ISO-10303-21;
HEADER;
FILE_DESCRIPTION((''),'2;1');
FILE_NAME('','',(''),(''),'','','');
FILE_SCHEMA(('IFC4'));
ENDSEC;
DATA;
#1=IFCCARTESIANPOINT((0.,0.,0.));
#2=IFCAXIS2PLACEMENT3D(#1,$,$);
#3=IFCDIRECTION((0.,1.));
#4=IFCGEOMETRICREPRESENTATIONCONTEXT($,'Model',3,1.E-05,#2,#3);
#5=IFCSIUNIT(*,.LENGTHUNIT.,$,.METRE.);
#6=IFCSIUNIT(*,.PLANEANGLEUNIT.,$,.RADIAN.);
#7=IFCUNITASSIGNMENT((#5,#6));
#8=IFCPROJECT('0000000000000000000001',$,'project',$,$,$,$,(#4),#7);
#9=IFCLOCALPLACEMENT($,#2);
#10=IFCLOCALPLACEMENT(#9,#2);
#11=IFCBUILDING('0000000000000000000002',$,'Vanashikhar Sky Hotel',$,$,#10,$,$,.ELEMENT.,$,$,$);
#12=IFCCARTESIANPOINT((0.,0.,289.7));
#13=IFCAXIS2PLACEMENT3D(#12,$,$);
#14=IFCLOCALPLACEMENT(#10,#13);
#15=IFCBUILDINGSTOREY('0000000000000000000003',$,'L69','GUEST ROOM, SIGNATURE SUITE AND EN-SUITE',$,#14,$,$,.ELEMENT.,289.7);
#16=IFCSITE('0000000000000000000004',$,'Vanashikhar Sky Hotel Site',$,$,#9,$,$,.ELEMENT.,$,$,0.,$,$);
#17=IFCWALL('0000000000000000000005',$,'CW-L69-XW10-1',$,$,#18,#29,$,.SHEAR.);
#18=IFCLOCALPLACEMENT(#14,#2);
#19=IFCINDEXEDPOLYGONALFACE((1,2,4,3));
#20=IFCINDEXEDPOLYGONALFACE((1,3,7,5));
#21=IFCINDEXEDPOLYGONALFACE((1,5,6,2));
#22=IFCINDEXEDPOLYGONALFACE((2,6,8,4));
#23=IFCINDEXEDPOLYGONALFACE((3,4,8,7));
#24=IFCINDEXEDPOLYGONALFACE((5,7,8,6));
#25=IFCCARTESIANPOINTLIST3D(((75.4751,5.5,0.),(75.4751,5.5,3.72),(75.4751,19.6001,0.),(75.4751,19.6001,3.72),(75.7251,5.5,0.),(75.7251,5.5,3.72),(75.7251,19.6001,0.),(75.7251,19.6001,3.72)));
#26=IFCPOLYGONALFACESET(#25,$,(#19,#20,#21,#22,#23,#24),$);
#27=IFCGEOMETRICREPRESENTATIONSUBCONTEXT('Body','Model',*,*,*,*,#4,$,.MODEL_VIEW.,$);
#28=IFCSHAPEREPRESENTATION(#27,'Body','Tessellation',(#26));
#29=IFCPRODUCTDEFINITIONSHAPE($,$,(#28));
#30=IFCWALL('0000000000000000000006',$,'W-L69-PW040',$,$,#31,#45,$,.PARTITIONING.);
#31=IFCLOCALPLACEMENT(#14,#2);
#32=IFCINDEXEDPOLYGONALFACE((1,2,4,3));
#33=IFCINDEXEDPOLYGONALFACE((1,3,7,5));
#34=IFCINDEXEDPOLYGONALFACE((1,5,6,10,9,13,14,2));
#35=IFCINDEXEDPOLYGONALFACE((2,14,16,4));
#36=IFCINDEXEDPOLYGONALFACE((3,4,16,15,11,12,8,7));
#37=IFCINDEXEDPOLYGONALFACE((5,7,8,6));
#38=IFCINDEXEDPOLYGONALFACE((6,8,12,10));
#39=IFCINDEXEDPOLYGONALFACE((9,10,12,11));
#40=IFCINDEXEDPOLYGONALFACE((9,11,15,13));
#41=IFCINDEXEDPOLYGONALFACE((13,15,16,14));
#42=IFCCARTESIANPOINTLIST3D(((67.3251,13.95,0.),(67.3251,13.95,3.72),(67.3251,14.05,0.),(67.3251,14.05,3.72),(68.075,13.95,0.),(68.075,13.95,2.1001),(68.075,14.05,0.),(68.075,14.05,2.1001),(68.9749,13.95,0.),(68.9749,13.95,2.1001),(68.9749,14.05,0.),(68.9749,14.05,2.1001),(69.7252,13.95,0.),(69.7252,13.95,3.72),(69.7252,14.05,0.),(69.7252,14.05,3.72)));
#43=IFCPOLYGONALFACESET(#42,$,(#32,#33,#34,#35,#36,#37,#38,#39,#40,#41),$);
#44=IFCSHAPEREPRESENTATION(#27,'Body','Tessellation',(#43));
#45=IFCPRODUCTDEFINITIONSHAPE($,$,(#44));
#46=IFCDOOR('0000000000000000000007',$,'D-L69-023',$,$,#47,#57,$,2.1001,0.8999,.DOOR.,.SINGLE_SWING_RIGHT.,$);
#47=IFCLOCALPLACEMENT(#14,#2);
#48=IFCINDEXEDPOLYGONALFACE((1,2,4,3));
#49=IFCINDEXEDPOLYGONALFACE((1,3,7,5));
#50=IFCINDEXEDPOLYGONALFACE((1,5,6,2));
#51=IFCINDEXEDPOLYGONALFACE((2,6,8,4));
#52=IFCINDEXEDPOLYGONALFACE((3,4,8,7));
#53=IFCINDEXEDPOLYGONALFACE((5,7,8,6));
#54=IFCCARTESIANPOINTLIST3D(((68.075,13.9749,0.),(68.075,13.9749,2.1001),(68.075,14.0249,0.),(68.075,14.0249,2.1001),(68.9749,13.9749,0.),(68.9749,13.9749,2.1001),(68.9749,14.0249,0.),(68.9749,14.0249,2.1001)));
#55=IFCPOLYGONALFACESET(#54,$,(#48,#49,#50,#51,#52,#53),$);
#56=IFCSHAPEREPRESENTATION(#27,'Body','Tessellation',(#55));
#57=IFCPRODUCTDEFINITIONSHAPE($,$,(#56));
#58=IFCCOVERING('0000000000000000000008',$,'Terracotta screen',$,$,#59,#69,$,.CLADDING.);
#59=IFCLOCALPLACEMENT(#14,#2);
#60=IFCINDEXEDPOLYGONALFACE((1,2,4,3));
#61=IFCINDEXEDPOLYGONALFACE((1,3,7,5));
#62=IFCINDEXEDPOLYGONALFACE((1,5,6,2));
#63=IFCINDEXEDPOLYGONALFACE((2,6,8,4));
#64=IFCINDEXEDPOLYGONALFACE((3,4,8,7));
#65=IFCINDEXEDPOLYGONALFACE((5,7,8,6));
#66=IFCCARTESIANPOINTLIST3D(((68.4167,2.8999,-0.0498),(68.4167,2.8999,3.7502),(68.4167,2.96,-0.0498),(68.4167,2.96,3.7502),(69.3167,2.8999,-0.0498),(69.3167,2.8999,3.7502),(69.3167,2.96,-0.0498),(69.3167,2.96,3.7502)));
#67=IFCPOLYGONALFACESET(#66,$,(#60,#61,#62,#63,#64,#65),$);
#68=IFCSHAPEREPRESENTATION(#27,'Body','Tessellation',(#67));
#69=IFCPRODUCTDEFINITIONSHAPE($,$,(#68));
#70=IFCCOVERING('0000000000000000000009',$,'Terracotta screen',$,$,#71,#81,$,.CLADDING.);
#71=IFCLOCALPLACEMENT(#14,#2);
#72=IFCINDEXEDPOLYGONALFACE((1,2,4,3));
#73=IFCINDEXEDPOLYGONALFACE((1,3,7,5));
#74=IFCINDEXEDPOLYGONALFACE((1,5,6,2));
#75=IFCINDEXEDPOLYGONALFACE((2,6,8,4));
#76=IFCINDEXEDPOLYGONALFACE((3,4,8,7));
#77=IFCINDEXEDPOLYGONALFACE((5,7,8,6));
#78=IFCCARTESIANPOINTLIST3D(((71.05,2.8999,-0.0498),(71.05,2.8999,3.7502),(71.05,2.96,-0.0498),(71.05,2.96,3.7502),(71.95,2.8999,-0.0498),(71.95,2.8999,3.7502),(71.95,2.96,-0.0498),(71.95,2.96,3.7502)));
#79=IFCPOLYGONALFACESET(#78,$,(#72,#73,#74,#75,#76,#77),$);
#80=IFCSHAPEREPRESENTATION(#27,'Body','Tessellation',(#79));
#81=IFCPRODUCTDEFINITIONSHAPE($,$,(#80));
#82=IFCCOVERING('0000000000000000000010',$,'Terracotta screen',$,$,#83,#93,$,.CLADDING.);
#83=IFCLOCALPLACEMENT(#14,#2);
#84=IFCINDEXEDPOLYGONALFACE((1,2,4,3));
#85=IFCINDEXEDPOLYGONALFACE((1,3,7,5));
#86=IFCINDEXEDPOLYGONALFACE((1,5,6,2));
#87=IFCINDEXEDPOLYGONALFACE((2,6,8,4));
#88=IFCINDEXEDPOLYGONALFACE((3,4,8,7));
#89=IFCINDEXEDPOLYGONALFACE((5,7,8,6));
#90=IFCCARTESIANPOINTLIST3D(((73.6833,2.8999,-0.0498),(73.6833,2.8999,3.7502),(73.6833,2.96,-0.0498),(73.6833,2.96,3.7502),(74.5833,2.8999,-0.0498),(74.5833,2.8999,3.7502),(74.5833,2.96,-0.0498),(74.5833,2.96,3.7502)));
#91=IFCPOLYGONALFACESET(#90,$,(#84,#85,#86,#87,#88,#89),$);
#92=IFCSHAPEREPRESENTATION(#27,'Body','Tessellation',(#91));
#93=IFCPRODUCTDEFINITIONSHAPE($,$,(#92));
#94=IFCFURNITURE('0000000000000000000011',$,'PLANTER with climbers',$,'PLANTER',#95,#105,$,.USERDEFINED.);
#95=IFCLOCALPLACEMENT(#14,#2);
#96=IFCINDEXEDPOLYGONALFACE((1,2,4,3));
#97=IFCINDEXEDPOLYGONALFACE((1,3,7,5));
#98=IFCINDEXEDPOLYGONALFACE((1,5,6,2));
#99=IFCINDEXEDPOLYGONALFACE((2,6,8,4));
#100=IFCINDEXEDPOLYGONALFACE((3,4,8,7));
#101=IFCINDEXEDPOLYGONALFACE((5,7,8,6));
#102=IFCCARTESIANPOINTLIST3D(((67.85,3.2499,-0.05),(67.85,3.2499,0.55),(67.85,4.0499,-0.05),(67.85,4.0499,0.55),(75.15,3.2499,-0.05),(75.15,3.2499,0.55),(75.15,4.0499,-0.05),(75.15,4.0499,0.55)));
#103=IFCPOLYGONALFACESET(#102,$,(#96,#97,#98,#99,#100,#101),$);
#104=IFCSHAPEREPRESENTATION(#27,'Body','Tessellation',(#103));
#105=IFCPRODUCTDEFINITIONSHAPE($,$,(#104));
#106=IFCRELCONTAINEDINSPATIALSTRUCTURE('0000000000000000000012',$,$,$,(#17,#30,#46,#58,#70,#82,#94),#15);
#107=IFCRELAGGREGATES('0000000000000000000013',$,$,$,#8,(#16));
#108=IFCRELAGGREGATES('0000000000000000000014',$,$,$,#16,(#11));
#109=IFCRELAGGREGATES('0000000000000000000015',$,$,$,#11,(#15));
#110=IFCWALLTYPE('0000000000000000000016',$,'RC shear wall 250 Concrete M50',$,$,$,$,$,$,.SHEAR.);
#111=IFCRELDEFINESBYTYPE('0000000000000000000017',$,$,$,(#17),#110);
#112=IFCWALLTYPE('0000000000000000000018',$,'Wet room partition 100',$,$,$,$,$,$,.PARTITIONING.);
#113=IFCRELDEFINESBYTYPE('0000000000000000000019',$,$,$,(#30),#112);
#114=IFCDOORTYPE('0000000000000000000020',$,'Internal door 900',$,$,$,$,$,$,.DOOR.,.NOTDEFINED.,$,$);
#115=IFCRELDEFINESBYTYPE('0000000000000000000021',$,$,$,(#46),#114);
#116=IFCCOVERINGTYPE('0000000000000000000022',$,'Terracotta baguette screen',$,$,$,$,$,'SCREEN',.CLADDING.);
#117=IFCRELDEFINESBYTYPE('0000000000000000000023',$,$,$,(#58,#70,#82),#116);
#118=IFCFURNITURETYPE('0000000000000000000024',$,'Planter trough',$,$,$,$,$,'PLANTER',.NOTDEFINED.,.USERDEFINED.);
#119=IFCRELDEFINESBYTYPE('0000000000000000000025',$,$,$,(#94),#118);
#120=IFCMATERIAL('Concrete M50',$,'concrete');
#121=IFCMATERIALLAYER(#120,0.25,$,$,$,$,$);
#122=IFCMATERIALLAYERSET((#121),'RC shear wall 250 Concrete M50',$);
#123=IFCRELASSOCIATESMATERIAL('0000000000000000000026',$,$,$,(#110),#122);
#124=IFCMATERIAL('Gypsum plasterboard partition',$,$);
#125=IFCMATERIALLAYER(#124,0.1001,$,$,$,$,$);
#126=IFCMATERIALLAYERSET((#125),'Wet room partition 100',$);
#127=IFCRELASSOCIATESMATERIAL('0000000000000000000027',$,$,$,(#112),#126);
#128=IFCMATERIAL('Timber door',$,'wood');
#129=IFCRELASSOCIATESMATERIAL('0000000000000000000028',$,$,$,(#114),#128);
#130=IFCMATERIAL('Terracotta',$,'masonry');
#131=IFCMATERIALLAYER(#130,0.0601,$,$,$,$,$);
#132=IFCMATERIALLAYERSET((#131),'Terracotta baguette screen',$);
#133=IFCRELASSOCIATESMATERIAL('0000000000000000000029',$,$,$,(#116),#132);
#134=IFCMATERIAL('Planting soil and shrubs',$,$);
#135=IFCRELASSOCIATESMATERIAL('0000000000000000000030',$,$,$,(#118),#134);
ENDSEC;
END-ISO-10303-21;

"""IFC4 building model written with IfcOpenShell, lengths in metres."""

from ifc_helpers import new_model, si_unit, direction, frame, frame_2d, origin, origin_2d, place, context, subcontext, project, spatial, rectangle, extrude, source, transform, mapped, material, layer, layer_set, type_object, element, fill, save


model = new_model("IFC4")

# Units and contexts
model_context = context("Model", 3, precision=1e-05, world=origin(), true_north=direction((0.0, 1.0)))
body_context = subcontext(model_context, "Body", "Model", "MODEL_VIEW")
ifc_project = project(units=[si_unit("LENGTHUNIT", "METRE"), si_unit("PLANEANGLEUNIT", "RADIAN")], contexts=[model_context])

# Site, building, storey
site_placement = place(None, origin())
site = spatial("IfcSite", under=ifc_project, at=site_placement, Name="Vanashikhar Sky Hotel Site", CompositionType="ELEMENT", RefElevation=0.0)
building_placement = place(site_placement, origin())
building = spatial("IfcBuilding", under=site, at=building_placement, Name="Vanashikhar Sky Hotel", CompositionType="ELEMENT")
storey_placement = place(building_placement, frame((0.0, 0.0, 289.7)))
storey = spatial("IfcBuildingStorey", under=building, at=storey_placement, Name="L69", Description="GUEST ROOM, SIGNATURE SUITE AND EN-SUITE", CompositionType="ELEMENT", Elevation=289.7)

# Wall
ifc_material_1 = material(Name="Concrete M50", Category="concrete")
ifc_layer_1 = layer(ifc_material_1, 0.25)
ifc_layer_set_1 = layer_set([ifc_layer_1], Name="RC shear wall 250 Concrete M50")
wall_type_1 = type_object("IfcWallType", Name="RC shear wall 250 Concrete M50", PredefinedType="SHEAR", material=ifc_layer_set_1)
shared_shape_1 = source(origin(), body_context, "Body", "SweptSolid", [
    extrude(rectangle(XDim=14.1001, YDim=0.25, at=frame_2d((7.05, 0.0))), origin(), (0.0, 0.0, 1.0), 3.72),
])
wall_1_placement = place(storey_placement, frame((75.6001, 5.5, 0.0), z_axis=(0.0, 0.0, 1.0), x_axis=(0.0, 1.0, 0.0)))
element("IfcWall", 1, at=wall_1_placement, inside=storey, type_object=wall_type_1, Name="CW-L69-XW10-1", PredefinedType="SHEAR", context=body_context, shape_type="MappedRepresentation", body=[
    mapped(shared_shape_1, transform((0.0, 0.0, 0.0), scale=1.0)),
])

# Wall, opening, door
ifc_material_2 = material(Name="Gypsum plasterboard partition")
ifc_layer_2 = layer(ifc_material_2, 0.1001)
ifc_layer_set_2 = layer_set([ifc_layer_2], Name="Wet room partition 100")
wall_type_2 = type_object("IfcWallType", Name="Wet room partition 100", PredefinedType="PARTITIONING", material=ifc_layer_set_2)
shared_shape_2 = source(origin(), body_context, "Body", "SweptSolid", [
    extrude(rectangle(XDim=2.4001, YDim=0.1001, at=frame_2d((1.2002, 0.0))), origin(), (0.0, 0.0, 1.0), 3.72),
])
wall_2_placement = place(storey_placement, frame((67.325, 14.0, 0.0), z_axis=(0.0, 0.0, 1.0), x_axis=(1.0, 0.0, 0.0)))
wall_2 = element("IfcWall", 2, at=wall_2_placement, inside=storey, type_object=wall_type_2, Name="W-L69-PW040", PredefinedType="PARTITIONING", context=body_context, shape_type="MappedRepresentation", body=[
    mapped(shared_shape_2, transform((0.0, 0.0, 0.0), scale=1.0)),
])
shared_shape_3 = source(origin(), body_context, "Body", "SweptSolid", [
    extrude(rectangle(XDim=0.8999, YDim=2.1001, at=frame_2d((0.45, 1.05))), frame((0.0, 0.0601, 0.0), z_axis=(0.0, -1.0, 0.0), x_axis=(1.0, 0.0, 0.0)), (0.0, 0.0, 1.0), 0.1201),
])
opening_1_placement = place(wall_2_placement, frame((0.75, 0.0, 0.0)))
opening_1 = element("IfcOpeningElement", 3, at=opening_1_placement, cuts=wall_2, PredefinedType="OPENING", context=body_context, shape_type="MappedRepresentation", body=[
    mapped(shared_shape_3, transform((0.0, 0.0, 0.0), scale=1.0)),
])
ifc_material_3 = material(Name="Timber door", Category="wood")
door_type_1 = type_object("IfcDoorType", Name="Internal door 900", OperationType="NOTDEFINED", PredefinedType="DOOR", material=ifc_material_3)
shared_shape_4 = source(origin(), body_context, "Body", "SweptSolid", [
    extrude(rectangle(XDim=0.8999, YDim=2.1001, at=frame_2d((0.45, 1.05))), frame((0.0, 0.0249, 0.0), z_axis=(0.0, -1.0, 0.0), x_axis=(1.0, 0.0, 0.0)), (0.0, 0.0, 1.0), 0.05),
])
door_1_placement = place(opening_1_placement, origin())
door_1 = element("IfcDoor", 4, at=door_1_placement, inside=storey, type_object=door_type_1, Name="D-L69-023", OperationType="SINGLE_SWING_RIGHT", OverallHeight=2.1001, OverallWidth=0.8999, PredefinedType="DOOR", context=body_context, shape_type="MappedRepresentation", body=[
    mapped(shared_shape_4, transform((0.0, 0.0, 0.0), scale=1.0)),
])
fill(opening_1, door_1)

# Coverings
ifc_material_4 = material(Name="Terracotta", Category="masonry")
ifc_layer_3 = layer(ifc_material_4, 0.0601)
ifc_layer_set_3 = layer_set([ifc_layer_3], Name="Terracotta baguette screen")
covering_type = type_object("IfcCoveringType", Name="Terracotta baguette screen", ElementType="SCREEN", PredefinedType="CLADDING", material=ifc_layer_set_3)
shared_shape_5 = source(origin(), body_context, "Body", "SweptSolid", [
    extrude(rectangle(XDim=0.8999, YDim=0.0601, at=origin_2d()), origin(), (0.0, 0.0, 1.0), 3.8),
])
for number, where, z_axis, x_axis, name in (
    (5, (68.8667, 2.9299, -0.0498), (0.0, 0.0, 1.0), (1.0, 0.0, 0.0), "Terracotta screen"),
    (6, (71.5, 2.9299, -0.0498), (0.0, 0.0, 1.0), (1.0, 0.0, 0.0), "Terracotta screen"),
    (7, (74.1333, 2.9299, -0.0498), (0.0, 0.0, 1.0), (1.0, 0.0, 0.0), "Terracotta screen"),
):
    element("IfcCovering", number, at=place(storey_placement, frame(where, z_axis=z_axis, x_axis=x_axis)), inside=storey, type_object=covering_type, Name=name, PredefinedType="CLADDING", context=body_context, shape_type="MappedRepresentation", body=[
        mapped(shared_shape_5, transform((0.0, 0.0, 0.0), scale=1.0)),
    ])

# Furniture
ifc_material_5 = material(Name="Planting soil and shrubs")
furniture_type = type_object("IfcFurnitureType", Name="Planter trough", ElementType="PLANTER", AssemblyPlace="NOTDEFINED", PredefinedType="USERDEFINED", material=ifc_material_5)
shared_shape_6 = source(origin(), body_context, "Body", "SweptSolid", [
    extrude(rectangle(XDim=7.3, YDim=0.8, at=origin_2d()), origin(), (0.0, 0.0, 1.0), 0.6001),
])
furniture_placement = place(storey_placement, frame((71.5, 3.6499, -0.05), z_axis=(0.0, 0.0, 1.0), x_axis=(1.0, 0.0, 0.0)))
element("IfcFurniture", 8, at=furniture_placement, inside=storey, type_object=furniture_type, Name="PLANTER with climbers", ObjectType="PLANTER", PredefinedType="USERDEFINED", context=body_context, shape_type="MappedRepresentation", body=[
    mapped(shared_shape_6, transform((0.0, 0.0, 0.0), scale=1.0)),
])

save(model, "model.ifc")
